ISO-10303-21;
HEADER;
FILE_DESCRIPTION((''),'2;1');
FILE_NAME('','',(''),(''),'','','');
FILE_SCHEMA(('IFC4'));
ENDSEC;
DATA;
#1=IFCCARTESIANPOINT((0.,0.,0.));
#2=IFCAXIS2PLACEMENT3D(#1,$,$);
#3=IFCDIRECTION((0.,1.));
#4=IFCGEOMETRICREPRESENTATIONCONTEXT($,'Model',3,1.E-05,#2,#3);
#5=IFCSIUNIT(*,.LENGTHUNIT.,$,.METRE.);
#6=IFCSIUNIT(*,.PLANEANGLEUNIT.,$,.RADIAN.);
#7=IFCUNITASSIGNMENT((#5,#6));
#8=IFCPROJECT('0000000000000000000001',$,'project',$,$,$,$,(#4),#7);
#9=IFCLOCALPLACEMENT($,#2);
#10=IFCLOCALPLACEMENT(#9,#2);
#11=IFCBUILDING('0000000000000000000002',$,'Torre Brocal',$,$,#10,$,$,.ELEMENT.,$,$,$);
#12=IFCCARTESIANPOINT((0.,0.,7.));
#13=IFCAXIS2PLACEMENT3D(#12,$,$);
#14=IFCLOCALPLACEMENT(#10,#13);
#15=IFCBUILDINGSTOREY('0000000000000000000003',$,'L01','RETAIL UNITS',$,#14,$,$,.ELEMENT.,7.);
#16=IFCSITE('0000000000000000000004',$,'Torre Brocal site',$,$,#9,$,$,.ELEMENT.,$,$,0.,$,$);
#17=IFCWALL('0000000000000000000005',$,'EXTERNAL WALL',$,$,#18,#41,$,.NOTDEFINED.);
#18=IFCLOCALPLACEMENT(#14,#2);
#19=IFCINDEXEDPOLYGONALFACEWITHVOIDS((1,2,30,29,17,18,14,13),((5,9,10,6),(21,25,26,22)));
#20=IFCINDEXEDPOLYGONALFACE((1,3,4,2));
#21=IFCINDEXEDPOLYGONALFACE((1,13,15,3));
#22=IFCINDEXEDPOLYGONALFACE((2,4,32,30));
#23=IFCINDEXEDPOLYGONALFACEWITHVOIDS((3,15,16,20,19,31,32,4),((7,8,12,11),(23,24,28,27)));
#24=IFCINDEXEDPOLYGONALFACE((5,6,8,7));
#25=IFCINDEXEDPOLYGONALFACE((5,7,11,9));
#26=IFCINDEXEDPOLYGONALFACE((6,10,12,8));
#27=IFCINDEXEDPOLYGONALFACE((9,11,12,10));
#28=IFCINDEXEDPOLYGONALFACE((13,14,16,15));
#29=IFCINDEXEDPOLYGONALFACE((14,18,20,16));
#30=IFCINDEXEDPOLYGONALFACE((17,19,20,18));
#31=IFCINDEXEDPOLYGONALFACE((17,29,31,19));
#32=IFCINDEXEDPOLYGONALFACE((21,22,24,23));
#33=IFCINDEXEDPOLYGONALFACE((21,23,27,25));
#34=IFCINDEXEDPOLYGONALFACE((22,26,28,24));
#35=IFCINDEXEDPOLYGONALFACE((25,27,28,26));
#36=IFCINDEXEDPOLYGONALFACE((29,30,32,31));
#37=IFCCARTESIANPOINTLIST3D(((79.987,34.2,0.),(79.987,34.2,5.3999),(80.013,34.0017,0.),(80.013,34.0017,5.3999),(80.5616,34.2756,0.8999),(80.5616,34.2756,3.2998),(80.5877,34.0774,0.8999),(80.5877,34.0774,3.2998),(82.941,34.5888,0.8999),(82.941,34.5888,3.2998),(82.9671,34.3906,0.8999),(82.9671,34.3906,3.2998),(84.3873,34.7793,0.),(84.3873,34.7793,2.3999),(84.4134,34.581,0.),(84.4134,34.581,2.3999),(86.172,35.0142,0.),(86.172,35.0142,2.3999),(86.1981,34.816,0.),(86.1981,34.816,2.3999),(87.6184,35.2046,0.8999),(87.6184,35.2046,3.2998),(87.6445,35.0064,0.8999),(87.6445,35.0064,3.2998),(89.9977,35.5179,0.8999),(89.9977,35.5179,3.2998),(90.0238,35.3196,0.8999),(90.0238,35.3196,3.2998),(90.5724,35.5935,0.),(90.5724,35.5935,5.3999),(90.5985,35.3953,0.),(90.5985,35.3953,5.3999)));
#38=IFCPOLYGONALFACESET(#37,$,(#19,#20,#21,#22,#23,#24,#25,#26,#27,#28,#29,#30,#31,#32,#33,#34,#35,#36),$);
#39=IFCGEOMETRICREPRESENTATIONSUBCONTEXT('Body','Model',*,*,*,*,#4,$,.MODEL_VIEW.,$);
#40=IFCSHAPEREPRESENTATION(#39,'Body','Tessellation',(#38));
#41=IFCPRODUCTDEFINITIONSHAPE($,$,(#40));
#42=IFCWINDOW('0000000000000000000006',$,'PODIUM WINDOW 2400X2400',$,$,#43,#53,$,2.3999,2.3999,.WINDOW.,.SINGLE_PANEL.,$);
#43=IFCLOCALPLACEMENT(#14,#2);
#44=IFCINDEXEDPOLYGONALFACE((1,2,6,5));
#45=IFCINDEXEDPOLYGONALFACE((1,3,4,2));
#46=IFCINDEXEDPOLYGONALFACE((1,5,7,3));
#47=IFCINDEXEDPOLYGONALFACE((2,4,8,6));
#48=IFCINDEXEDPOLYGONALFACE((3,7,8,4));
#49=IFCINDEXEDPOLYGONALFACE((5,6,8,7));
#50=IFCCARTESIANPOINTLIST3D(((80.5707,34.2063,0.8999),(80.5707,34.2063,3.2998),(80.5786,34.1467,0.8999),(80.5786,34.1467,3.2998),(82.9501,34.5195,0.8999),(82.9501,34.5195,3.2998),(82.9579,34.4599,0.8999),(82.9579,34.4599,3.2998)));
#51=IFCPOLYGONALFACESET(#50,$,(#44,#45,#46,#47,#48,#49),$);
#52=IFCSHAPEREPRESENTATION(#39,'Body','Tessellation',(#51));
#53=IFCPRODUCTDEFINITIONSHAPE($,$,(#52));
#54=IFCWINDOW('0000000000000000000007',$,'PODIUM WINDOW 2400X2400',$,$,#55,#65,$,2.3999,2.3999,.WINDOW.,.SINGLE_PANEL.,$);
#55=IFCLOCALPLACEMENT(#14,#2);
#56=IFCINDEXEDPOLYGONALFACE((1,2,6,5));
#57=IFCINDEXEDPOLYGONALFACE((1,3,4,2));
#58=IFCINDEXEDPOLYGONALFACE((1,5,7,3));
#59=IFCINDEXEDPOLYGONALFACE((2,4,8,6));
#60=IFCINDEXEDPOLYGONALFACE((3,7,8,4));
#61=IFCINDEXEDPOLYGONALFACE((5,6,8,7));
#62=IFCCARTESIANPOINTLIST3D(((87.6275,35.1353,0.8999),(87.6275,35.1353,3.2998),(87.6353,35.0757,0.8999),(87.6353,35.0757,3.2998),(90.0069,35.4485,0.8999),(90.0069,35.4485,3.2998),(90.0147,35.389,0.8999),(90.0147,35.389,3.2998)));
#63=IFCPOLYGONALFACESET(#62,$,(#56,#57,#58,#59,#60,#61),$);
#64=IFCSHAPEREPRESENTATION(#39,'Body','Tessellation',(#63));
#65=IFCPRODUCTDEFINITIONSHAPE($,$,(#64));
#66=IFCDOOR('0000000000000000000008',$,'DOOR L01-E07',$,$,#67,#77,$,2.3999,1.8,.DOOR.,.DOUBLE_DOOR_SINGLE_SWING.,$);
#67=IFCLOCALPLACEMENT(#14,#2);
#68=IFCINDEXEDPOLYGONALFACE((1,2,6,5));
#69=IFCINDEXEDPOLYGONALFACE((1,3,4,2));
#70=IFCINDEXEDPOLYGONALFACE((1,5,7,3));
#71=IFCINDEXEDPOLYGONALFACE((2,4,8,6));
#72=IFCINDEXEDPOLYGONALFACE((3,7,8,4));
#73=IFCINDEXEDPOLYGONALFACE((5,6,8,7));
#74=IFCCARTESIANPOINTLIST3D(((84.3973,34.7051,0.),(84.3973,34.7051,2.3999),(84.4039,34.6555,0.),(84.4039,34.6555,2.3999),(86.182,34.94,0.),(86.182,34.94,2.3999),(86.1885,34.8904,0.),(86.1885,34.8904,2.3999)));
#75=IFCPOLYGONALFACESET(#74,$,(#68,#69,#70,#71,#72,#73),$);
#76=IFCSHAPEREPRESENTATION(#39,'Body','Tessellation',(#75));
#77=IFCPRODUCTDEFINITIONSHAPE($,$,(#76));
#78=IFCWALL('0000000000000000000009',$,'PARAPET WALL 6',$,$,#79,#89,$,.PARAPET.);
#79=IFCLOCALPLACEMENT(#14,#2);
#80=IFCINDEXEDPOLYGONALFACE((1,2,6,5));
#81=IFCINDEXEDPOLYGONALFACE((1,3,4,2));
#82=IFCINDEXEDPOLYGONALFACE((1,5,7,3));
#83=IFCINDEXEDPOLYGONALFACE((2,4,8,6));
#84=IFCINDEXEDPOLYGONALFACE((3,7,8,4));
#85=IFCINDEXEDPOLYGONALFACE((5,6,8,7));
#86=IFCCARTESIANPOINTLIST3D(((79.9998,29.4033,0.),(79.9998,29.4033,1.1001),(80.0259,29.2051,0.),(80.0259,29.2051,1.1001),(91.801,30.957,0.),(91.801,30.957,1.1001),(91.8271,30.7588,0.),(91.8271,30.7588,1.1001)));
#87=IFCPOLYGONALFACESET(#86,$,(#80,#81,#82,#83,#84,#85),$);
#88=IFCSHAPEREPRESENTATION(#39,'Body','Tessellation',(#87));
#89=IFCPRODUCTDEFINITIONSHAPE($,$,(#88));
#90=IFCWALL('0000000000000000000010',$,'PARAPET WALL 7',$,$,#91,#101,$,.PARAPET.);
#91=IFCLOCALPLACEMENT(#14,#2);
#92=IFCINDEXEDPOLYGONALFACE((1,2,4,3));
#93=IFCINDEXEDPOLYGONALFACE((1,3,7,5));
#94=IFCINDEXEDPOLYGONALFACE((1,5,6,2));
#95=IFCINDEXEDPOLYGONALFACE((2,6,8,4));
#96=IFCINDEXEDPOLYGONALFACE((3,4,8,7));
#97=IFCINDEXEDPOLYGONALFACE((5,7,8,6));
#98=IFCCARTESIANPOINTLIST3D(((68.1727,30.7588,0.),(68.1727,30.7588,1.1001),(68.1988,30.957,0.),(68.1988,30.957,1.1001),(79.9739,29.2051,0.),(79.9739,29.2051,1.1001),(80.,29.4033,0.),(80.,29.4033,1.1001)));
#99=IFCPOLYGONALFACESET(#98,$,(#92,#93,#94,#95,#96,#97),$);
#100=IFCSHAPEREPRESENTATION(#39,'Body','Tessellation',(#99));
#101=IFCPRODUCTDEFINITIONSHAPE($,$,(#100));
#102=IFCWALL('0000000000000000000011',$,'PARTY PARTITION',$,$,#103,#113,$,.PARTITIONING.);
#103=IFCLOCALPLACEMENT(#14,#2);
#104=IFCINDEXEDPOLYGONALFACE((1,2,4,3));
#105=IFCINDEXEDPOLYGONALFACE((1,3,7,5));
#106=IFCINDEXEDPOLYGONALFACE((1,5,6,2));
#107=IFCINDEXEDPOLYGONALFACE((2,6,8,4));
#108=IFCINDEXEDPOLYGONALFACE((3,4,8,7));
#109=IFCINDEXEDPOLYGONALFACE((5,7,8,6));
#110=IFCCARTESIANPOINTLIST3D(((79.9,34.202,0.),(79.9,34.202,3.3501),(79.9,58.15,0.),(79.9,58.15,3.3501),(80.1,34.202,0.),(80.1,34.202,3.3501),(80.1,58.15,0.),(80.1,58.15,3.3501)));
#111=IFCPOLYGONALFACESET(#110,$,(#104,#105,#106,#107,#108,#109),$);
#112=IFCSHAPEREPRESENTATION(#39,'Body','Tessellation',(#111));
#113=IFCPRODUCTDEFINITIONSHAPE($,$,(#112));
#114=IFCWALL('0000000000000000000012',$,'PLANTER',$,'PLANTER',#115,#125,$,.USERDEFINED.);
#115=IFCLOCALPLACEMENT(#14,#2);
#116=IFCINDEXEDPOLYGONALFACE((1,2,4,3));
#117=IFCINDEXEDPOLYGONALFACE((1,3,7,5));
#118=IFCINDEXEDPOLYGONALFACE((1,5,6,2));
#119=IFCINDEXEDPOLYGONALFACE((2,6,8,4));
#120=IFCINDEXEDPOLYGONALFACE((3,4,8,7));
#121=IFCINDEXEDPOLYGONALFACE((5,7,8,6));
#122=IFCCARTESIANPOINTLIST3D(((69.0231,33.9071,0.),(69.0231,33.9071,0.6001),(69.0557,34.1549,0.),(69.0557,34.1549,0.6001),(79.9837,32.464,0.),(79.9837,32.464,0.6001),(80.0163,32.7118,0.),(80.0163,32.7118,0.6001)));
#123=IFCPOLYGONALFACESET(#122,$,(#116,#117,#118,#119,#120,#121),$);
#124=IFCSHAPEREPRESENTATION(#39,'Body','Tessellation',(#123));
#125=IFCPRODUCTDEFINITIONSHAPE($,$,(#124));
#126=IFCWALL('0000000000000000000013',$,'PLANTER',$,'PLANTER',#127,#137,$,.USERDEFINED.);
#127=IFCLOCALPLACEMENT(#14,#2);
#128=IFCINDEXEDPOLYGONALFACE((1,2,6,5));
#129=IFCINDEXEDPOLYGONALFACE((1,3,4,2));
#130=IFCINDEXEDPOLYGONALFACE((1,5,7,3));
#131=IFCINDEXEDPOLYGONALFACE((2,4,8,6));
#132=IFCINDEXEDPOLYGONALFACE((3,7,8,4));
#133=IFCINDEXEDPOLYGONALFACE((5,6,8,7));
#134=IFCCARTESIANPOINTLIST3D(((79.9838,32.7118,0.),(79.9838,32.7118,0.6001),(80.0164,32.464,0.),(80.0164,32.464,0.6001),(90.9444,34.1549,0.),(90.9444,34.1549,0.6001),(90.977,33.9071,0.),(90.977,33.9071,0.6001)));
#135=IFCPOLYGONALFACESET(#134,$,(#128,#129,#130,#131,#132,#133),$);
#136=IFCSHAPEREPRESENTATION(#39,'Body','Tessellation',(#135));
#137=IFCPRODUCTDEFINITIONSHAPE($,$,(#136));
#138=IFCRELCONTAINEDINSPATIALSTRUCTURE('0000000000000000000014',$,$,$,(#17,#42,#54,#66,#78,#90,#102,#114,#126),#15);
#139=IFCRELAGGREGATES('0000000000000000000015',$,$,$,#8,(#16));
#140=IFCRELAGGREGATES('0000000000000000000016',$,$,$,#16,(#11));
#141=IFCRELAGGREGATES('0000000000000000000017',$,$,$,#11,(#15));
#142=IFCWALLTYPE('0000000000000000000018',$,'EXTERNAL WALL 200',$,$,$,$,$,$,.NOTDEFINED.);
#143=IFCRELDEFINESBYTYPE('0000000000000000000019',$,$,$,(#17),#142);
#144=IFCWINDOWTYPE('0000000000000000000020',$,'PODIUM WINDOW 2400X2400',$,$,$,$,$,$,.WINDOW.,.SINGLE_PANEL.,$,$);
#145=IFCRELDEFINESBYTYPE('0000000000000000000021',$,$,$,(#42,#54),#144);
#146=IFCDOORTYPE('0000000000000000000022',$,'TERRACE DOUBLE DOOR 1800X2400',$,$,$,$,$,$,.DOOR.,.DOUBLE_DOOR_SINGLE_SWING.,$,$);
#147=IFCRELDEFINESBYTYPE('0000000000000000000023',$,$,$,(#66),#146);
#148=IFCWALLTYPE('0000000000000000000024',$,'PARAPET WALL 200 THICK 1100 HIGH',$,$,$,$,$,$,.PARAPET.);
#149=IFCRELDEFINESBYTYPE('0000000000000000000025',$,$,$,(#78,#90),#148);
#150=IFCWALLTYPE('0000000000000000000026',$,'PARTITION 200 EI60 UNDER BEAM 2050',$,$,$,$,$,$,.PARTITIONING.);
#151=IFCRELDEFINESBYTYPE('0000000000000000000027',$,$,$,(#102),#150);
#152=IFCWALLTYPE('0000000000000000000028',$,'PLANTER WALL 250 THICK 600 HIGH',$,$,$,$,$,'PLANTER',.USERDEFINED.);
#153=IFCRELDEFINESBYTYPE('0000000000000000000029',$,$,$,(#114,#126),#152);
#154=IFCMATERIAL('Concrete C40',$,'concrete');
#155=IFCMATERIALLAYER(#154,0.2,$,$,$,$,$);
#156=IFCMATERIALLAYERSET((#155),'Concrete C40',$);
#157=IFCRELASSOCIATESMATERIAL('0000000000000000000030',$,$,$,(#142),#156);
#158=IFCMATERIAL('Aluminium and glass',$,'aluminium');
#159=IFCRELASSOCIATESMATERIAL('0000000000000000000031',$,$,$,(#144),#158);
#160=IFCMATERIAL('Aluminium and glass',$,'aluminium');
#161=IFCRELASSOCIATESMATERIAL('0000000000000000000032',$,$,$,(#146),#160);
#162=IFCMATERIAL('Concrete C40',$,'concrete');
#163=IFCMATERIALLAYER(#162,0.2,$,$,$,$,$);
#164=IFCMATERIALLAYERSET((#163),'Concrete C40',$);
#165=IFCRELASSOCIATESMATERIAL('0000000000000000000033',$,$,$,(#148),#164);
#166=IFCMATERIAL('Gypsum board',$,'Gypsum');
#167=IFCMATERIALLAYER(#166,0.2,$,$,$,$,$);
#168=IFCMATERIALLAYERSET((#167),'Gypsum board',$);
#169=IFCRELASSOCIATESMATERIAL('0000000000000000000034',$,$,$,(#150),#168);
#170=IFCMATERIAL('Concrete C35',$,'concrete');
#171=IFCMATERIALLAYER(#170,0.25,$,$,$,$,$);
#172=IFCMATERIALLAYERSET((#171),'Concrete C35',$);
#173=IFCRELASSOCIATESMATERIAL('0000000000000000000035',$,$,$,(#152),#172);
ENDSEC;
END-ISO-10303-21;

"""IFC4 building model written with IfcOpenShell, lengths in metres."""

from ifc_helpers import new_model, si_unit, direction, frame, frame_2d, origin, place, context, subcontext, project, spatial, rectangle, extrude, material, layer, layer_set, type_object, element, fill, save


model = new_model("IFC4")

# Units and contexts
model_context = context("Model", 3, precision=1e-05, world=origin(), true_north=direction((0.0, 1.0)))
body_context = subcontext(model_context, "Body", "Model", "MODEL_VIEW")
ifc_project = project(units=[si_unit("LENGTHUNIT", "METRE"), si_unit("PLANEANGLEUNIT", "RADIAN")], contexts=[model_context])

# Site, building, storey
site_placement = place(None, origin())
site = spatial("IfcSite", under=ifc_project, at=site_placement, Name="Torre Brocal site", CompositionType="ELEMENT", RefElevation=0.0)
building_placement = place(site_placement, origin())
building = spatial("IfcBuilding", under=site, at=building_placement, Name="Torre Brocal", CompositionType="ELEMENT")
storey_placement = place(building_placement, frame((0.0, 0.0, 7.0)))
storey = spatial("IfcBuildingStorey", under=building, at=storey_placement, Name="L01", Description="RETAIL UNITS", CompositionType="ELEMENT", Elevation=7.0)

# Wall, openings, windows, door
ifc_material_1 = material(Name="Concrete C40", Category="concrete")
ifc_layer_1 = layer(ifc_material_1, 0.2)
ifc_layer_set_1 = layer_set([ifc_layer_1], Name="Concrete C40")
wall_type_1 = type_object("IfcWallType", Name="EXTERNAL WALL 200", PredefinedType="NOTDEFINED", material=ifc_layer_set_1)
wall_1_placement = place(storey_placement, frame((80.0, 34.1008, 0.0), z_axis=(0.0, 0.0, 1.0), x_axis=(0.991445, 0.130522, 0.0)))
wall_1 = element("IfcWall", 1, at=wall_1_placement, inside=storey, type_object=wall_type_1, Name="EXTERNAL WALL", PredefinedType="NOTDEFINED", context=body_context, shape_type="SweptSolid", body=[
    extrude(rectangle(XDim=10.6768, YDim=0.2, at=frame_2d((5.3384, 0.0))), origin(), (0.0, 0.0, 1.0), 5.3999),
])
opening_1_placement = place(wall_1_placement, frame((0.5796, 0.0, 0.8999)))
opening_1 = element("IfcOpeningElement", 2, at=opening_1_placement, cuts=wall_1, PredefinedType="OPENING", context=body_context, shape_type="SweptSolid", body=[
    extrude(rectangle(XDim=2.3999, YDim=2.3999, at=frame_2d((1.2, 1.2))), frame((0.0, 0.1099, 0.0), z_axis=(0.0, -1.0, 0.0), x_axis=(1.0, 0.0, 0.0)), (0.0, 0.0, 1.0), 0.22),
])
opening_2_placement = place(wall_1_placement, frame((4.4385, 0.0, 0.0)))
opening_2 = element("IfcOpeningElement", 3, at=opening_2_placement, cuts=wall_1, PredefinedType="OPENING", context=body_context, shape_type="SweptSolid", body=[
    extrude(rectangle(XDim=1.8, YDim=2.3999, at=frame_2d((0.8999, 1.2))), frame((0.0, 0.1099, 0.0), z_axis=(0.0, -1.0, 0.0), x_axis=(1.0, 0.0, 0.0)), (0.0, 0.0, 1.0), 0.22),
])
opening_3_placement = place(wall_1_placement, frame((7.6973, 0.0, 0.8999)))
opening_3 = element("IfcOpeningElement", 4, at=opening_3_placement, cuts=wall_1, PredefinedType="OPENING", context=body_context, shape_type="SweptSolid", body=[
    extrude(rectangle(XDim=2.3999, YDim=2.3999, at=frame_2d((1.2, 1.2))), frame((0.0, 0.1099, 0.0), z_axis=(0.0, -1.0, 0.0), x_axis=(1.0, 0.0, 0.0)), (0.0, 0.0, 1.0), 0.22),
])
ifc_material_2 = material(Name="Aluminium and glass", Category="aluminium")
window_type = type_object("IfcWindowType", Name="PODIUM WINDOW 2400X2400", PartitioningType="SINGLE_PANEL", PredefinedType="WINDOW", material=ifc_material_2)
window_1_placement = place(opening_1_placement, origin())
window_1 = element("IfcWindow", 5, at=window_1_placement, inside=storey, type_object=window_type, Name="PODIUM WINDOW 2400X2400", OverallHeight=2.3999, OverallWidth=2.3999, PartitioningType="SINGLE_PANEL", PredefinedType="WINDOW", context=body_context, shape_type="SweptSolid", body=[
    extrude(rectangle(XDim=2.3999, YDim=2.3999, at=frame_2d((1.2, 1.2))), frame((0.0, 0.03, 0.0), z_axis=(0.0, -1.0, 0.0), x_axis=(1.0, 0.0, 0.0)), (0.0, 0.0, 1.0), 0.0601),
])
fill(opening_1, window_1)
window_2_placement = place(opening_3_placement, origin())
window_2 = element("IfcWindow", 6, at=window_2_placement, inside=storey, type_object=window_type, Name="PODIUM WINDOW 2400X2400", OverallHeight=2.3999, OverallWidth=2.3999, PartitioningType="SINGLE_PANEL", PredefinedType="WINDOW", context=body_context, shape_type="SweptSolid", body=[
    extrude(rectangle(XDim=2.3999, YDim=2.3999, at=frame_2d((1.2, 1.2))), frame((0.0, 0.03, 0.0), z_axis=(0.0, -1.0, 0.0), x_axis=(1.0, 0.0, 0.0)), (0.0, 0.0, 1.0), 0.0601),
])
fill(opening_3, window_2)
ifc_material_3 = material(Name="Aluminium and glass", Category="aluminium")
door_type = type_object("IfcDoorType", Name="TERRACE DOUBLE DOOR 1800X2400", OperationType="DOUBLE_DOOR_SINGLE_SWING", PredefinedType="DOOR", material=ifc_material_3)
door_placement = place(opening_2_placement, frame((1.8, 0.0, 0.0), z_axis=(0.0, 0.0, 1.0), x_axis=(-1.0, 0.0, 0.0)))
door = element("IfcDoor", 7, at=door_placement, inside=storey, type_object=door_type, Name="DOOR L01-E07", OperationType="DOUBLE_DOOR_SINGLE_SWING", OverallHeight=2.3999, OverallWidth=1.8, PredefinedType="DOOR", context=body_context, shape_type="SweptSolid", body=[
    extrude(rectangle(XDim=1.8, YDim=2.3999, at=frame_2d((0.8999, 1.2))), frame((0.0, 0.0249, 0.0), z_axis=(0.0, -1.0, 0.0), x_axis=(1.0, 0.0, 0.0)), (0.0, 0.0, 1.0), 0.05),
])
fill(opening_2, door)

# Walls
ifc_material_4 = material(Name="Concrete C40", Category="concrete")
ifc_layer_2 = layer(ifc_material_4, 0.2)
ifc_layer_set_2 = layer_set([ifc_layer_2], Name="Concrete C40")
wall_type_2 = type_object("IfcWallType", Name="PARAPET WALL 200 THICK 1100 HIGH", PredefinedType="PARAPET", material=ifc_layer_set_2)
for number, where, z_axis, x_axis, name in (
    (8, (91.8142, 30.8579, 0.0), (0.0, 0.0, 1.0), (-0.991444, -0.13053, 0.0), "PARAPET WALL 6"),
    (9, (79.9871, 29.3042, 0.0), (0.0, 0.0, 1.0), (-0.991444, 0.13053, 0.0), "PARAPET WALL 7"),
):
    element("IfcWall", number, at=place(storey_placement, frame(where, z_axis=z_axis, x_axis=x_axis)), inside=storey, type_object=wall_type_2, Name=name, PredefinedType="PARAPET", context=body_context, shape_type="SweptSolid", body=[
        extrude(rectangle(XDim=11.9031, YDim=0.2, at=frame_2d((5.9517, 0.0))), origin(), (0.0, 0.0, 1.0), 1.1001),
    ])
ifc_material_5 = material(Name="Gypsum board", Category="Gypsum")
ifc_layer_3 = layer(ifc_material_5, 0.2)
ifc_layer_set_3 = layer_set([ifc_layer_3], Name="Gypsum board")
wall_type_3 = type_object("IfcWallType", Name="PARTITION 200 EI60 UNDER BEAM 2050", PredefinedType="PARTITIONING", material=ifc_layer_set_3)
wall_2_placement = place(storey_placement, frame((80.0, 34.2019, 0.0), z_axis=(0.0, 0.0, 1.0), x_axis=(0.0, 1.0, 0.0)))
element("IfcWall", 10, at=wall_2_placement, inside=storey, type_object=wall_type_3, Name="PARTY PARTITION", PredefinedType="PARTITIONING", context=body_context, shape_type="SweptSolid", body=[
    extrude(rectangle(XDim=23.948, YDim=0.2, at=frame_2d((11.9741, 0.0))), origin(), (0.0, 0.0, 1.0), 3.3501),
])
ifc_material_6 = material(Name="Concrete C35", Category="concrete")
ifc_layer_4 = layer(ifc_material_6, 0.25)
ifc_layer_set_4 = layer_set([ifc_layer_4], Name="Concrete C35")
wall_type_4 = type_object("IfcWallType", Name="PLANTER WALL 250 THICK 600 HIGH", ElementType="PLANTER", PredefinedType="USERDEFINED", material=ifc_layer_set_4)
for number, where, z_axis, x_axis, name in (
    (11, (80.0, 32.5879, 0.0), (0.0, 0.0, 1.0), (-0.991444, 0.130536, 0.0), "PLANTER"),
    (12, (90.9607, 34.031, 0.0), (0.0, 0.0, 1.0), (-0.991444, -0.130536, 0.0), "PLANTER"),
):
    element("IfcWall", number, at=place(storey_placement, frame(where, z_axis=z_axis, x_axis=x_axis)), inside=storey, type_object=wall_type_4, Name=name, ObjectType="PLANTER", PredefinedType="USERDEFINED", context=body_context, shape_type="SweptSolid", body=[
        extrude(rectangle(XDim=11.0552, YDim=0.25, at=frame_2d((5.5276, 0.0))), origin(), (0.0, 0.0, 1.0), 0.6001),
    ])

save(model, "model.ifc")
